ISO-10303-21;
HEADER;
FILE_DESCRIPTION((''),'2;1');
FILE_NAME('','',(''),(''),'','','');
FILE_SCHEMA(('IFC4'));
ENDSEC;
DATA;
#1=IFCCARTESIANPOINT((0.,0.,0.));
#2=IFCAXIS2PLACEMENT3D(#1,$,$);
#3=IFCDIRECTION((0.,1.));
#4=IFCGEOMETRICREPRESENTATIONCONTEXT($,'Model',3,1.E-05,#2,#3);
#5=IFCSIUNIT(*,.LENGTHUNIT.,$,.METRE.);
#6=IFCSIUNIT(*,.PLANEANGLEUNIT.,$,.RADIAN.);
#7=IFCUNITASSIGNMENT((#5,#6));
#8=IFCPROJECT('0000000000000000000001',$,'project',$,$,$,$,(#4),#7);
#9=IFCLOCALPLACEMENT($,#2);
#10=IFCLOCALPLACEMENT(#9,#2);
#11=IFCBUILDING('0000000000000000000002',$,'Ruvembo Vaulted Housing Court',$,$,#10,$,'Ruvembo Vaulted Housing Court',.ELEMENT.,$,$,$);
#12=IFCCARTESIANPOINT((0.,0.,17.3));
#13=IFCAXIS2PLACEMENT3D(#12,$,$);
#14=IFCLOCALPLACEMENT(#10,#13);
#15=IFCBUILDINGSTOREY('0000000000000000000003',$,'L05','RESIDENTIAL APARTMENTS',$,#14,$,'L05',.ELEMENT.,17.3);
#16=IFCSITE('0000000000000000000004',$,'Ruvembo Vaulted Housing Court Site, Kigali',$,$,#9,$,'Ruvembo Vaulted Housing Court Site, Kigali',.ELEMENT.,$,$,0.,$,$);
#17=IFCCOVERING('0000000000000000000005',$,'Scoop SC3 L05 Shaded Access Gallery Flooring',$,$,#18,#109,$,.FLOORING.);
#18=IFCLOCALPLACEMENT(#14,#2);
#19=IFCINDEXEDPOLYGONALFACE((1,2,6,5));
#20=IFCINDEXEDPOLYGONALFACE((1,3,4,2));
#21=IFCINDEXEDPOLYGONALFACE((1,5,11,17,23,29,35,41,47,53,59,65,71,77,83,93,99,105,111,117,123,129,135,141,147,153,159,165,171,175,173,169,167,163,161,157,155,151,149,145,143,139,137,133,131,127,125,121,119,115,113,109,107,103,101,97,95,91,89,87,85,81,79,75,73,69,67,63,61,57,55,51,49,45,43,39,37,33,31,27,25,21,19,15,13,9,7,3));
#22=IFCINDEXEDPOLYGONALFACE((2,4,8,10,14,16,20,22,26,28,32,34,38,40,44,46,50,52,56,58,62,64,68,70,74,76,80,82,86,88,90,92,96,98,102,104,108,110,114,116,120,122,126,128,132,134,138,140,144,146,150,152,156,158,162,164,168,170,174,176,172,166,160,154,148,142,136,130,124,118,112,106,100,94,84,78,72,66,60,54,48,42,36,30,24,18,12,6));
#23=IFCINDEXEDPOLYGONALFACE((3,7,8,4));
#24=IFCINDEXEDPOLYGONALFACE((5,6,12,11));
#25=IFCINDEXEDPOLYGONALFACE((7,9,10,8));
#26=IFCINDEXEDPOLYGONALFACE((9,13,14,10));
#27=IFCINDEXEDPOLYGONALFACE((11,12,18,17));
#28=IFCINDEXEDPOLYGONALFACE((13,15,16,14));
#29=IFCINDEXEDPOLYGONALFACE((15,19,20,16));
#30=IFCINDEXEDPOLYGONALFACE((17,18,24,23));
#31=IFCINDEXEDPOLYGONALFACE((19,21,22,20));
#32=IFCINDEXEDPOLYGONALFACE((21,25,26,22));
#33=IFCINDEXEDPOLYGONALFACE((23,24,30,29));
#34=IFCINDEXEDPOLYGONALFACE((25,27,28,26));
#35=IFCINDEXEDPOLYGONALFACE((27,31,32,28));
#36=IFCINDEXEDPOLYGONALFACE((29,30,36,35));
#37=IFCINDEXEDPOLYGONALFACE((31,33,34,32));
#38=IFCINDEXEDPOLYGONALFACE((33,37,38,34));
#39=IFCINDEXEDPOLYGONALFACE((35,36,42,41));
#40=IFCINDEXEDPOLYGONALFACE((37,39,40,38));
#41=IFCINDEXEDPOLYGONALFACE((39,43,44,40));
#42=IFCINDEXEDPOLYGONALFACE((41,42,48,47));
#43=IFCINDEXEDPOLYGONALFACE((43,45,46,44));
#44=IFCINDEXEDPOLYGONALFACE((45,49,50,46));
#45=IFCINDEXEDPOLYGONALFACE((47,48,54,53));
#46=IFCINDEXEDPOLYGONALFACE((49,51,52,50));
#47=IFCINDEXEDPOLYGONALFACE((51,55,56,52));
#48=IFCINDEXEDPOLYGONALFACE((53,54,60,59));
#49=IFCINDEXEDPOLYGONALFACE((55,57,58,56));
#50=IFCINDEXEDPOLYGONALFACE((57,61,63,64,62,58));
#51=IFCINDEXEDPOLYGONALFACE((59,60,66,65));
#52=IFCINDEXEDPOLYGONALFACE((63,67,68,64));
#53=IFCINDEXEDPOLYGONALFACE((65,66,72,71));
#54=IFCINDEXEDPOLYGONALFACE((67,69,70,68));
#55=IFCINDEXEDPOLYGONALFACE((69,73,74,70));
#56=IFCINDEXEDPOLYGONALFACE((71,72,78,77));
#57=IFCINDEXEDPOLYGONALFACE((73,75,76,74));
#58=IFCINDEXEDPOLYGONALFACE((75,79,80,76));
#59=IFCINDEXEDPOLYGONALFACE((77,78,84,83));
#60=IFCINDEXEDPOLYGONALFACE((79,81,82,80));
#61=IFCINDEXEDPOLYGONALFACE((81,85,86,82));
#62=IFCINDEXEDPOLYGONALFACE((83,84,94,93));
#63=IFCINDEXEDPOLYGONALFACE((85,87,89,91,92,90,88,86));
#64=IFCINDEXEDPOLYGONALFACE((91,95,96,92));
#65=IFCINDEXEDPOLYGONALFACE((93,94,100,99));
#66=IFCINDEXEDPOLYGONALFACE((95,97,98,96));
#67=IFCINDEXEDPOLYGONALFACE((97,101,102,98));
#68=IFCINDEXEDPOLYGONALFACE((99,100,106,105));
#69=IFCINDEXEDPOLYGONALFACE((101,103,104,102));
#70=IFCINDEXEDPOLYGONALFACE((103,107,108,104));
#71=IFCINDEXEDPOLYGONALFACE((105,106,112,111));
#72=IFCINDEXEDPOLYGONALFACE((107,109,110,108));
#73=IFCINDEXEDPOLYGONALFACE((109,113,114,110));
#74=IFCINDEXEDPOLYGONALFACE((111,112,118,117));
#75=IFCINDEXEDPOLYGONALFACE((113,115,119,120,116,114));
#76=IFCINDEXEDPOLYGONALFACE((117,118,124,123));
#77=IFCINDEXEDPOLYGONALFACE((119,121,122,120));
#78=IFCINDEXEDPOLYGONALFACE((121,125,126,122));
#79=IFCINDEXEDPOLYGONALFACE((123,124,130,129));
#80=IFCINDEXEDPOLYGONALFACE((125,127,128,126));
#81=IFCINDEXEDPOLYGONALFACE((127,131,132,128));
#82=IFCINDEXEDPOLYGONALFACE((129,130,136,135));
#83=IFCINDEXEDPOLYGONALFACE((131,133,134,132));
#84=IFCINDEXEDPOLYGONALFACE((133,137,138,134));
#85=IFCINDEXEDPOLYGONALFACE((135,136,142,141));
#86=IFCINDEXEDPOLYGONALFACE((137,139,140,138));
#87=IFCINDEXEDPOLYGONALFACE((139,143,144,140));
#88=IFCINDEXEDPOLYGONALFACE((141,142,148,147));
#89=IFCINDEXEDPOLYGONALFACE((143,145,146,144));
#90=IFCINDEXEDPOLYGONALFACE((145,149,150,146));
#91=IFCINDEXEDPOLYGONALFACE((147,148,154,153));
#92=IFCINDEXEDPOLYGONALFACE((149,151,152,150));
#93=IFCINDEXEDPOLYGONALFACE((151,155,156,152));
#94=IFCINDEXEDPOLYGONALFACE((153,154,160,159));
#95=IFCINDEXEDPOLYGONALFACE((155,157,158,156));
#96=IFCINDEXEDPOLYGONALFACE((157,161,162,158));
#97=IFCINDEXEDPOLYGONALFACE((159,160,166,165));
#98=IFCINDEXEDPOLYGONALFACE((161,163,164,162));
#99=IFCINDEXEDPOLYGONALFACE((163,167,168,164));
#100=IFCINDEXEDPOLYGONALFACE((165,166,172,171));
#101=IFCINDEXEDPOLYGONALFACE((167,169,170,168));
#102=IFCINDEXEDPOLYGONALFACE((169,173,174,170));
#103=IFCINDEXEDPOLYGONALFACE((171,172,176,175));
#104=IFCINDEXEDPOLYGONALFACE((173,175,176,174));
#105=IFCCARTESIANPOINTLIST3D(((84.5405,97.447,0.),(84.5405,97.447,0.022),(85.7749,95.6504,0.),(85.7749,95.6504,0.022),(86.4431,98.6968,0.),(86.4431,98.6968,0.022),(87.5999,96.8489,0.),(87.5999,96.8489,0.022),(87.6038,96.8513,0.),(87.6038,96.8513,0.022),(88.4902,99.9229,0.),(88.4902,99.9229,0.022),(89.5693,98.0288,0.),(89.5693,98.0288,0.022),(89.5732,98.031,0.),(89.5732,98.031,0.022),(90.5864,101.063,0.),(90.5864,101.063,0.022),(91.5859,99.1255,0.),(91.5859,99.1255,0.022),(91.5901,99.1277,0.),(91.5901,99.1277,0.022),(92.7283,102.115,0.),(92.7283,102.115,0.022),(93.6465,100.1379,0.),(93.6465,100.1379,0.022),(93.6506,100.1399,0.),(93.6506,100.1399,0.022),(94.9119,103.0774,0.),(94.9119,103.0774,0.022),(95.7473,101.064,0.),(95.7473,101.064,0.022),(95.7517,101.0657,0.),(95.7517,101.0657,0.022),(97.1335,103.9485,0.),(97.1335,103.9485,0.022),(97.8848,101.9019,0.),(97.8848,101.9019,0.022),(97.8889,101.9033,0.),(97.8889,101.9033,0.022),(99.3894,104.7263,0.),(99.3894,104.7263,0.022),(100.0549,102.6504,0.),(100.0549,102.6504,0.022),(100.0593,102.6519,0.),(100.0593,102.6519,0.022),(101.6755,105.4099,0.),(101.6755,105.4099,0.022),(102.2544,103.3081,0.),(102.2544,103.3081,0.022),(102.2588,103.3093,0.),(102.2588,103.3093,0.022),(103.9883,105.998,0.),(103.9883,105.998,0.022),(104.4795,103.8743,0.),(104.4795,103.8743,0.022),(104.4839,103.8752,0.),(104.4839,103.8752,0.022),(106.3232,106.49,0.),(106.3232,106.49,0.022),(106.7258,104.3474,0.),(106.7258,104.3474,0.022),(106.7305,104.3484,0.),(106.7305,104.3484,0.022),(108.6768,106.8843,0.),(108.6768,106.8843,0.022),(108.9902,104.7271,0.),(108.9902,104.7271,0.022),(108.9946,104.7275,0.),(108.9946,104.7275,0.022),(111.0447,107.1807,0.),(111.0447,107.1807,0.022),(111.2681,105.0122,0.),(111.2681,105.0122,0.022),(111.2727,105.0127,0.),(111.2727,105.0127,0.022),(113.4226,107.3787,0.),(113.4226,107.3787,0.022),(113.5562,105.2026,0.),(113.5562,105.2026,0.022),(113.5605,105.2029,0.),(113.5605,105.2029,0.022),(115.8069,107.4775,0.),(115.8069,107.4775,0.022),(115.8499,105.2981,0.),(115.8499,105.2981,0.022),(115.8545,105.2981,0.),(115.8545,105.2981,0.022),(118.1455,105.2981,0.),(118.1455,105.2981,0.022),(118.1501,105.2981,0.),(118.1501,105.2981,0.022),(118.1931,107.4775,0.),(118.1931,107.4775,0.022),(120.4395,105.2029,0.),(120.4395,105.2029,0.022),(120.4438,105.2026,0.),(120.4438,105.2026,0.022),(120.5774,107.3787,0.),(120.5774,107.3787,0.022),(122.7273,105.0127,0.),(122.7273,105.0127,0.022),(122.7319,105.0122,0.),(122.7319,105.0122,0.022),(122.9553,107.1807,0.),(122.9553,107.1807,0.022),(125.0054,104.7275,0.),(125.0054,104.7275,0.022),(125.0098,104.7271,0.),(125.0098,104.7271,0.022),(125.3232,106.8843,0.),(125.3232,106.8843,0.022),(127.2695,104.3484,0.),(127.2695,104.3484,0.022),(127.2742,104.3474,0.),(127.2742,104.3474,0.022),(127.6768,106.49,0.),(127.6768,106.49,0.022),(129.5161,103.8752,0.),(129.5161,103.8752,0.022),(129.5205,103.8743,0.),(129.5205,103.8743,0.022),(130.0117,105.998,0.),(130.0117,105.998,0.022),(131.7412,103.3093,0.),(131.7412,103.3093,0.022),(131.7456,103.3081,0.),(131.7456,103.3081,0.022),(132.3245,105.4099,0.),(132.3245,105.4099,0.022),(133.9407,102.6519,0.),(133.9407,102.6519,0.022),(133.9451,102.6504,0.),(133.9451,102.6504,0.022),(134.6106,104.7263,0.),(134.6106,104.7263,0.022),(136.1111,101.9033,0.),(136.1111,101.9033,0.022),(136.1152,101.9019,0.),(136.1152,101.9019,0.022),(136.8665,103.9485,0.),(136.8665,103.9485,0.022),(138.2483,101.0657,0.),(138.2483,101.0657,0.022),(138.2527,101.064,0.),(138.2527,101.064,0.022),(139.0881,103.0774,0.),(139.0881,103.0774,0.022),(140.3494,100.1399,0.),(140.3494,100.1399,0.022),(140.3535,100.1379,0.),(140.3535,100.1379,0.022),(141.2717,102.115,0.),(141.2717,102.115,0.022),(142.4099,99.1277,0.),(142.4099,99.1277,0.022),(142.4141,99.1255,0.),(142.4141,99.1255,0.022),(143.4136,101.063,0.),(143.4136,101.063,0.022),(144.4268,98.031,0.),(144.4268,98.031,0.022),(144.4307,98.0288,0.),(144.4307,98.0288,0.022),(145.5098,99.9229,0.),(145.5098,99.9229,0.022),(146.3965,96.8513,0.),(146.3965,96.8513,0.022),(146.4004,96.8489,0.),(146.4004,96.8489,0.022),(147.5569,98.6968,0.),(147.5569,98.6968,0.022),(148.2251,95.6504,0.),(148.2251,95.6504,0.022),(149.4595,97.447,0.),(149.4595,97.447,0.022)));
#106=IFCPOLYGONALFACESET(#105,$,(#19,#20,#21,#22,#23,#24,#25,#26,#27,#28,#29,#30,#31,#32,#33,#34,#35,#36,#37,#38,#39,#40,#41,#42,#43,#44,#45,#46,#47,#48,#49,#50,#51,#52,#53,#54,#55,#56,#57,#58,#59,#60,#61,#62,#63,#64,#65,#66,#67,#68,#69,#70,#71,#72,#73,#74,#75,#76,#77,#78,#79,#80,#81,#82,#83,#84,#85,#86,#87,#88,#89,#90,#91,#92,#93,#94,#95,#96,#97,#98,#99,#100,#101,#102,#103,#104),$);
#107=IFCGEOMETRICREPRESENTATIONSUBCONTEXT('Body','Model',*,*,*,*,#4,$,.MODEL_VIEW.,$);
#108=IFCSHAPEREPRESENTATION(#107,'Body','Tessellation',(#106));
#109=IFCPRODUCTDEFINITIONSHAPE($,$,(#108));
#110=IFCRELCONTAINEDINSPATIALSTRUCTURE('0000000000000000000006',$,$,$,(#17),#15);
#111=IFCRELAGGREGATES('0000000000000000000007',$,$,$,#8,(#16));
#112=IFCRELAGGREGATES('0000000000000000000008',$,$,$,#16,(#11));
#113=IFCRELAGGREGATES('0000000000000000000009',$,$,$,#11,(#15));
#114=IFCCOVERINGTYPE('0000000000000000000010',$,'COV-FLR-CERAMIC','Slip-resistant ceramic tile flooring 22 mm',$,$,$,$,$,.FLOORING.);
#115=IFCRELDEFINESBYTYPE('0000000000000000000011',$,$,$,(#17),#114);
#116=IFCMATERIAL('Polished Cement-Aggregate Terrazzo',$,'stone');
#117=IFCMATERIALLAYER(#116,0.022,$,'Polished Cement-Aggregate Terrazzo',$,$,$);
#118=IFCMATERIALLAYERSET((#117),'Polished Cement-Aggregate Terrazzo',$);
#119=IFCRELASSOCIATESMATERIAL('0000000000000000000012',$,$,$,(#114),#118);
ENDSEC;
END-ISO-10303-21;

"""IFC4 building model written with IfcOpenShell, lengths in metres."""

from ifc_helpers import new_model, si_unit, direction, frame, origin, place, context, subcontext, project, spatial, polyline, outline, extrude, material, layer, layer_set, type_object, element, save


model = new_model("IFC4")

# Units and contexts
model_context = context("Model", 3, precision=1e-05, world=origin(), true_north=direction((0.0, 1.0)))
body_context = subcontext(model_context, "Body", "Model", "MODEL_VIEW")
ifc_project = project(units=[si_unit("LENGTHUNIT", "METRE"), si_unit("PLANEANGLEUNIT", "RADIAN")], contexts=[model_context])

# Site, building, storey
site_placement = place(None, origin())
site = spatial("IfcSite", under=ifc_project, at=site_placement, Name="Ruvembo Vaulted Housing Court Site, Kigali", LongName="Ruvembo Vaulted Housing Court Site, Kigali", CompositionType="ELEMENT", RefElevation=0.0)
building_placement = place(site_placement, origin())
building = spatial("IfcBuilding", under=site, at=building_placement, Name="Ruvembo Vaulted Housing Court", LongName="Ruvembo Vaulted Housing Court", CompositionType="ELEMENT")
storey_placement = place(building_placement, frame((0.0, 0.0, 17.3)))
storey = spatial("IfcBuildingStorey", under=building, at=storey_placement, Name="L05", Description="RESIDENTIAL APARTMENTS", LongName="L05", CompositionType="ELEMENT", Elevation=17.3)

# Covering
ifc_material_1 = material(Name="Polished Cement-Aggregate Terrazzo", Category="stone")
ifc_layer_1 = layer(ifc_material_1, 0.022, Name="Polished Cement-Aggregate Terrazzo")
ifc_layer_set_1 = layer_set([ifc_layer_1], Name="Polished Cement-Aggregate Terrazzo")
covering_type_1 = type_object("IfcCoveringType", Name="COV-FLR-CERAMIC", Description="Slip-resistant ceramic tile flooring 22 mm", PredefinedType="FLOORING", material=ifc_layer_set_1)
covering_1_placement = place(storey_placement, origin())
element("IfcCovering", 1, at=covering_1_placement, inside=storey, type_object=covering_type_1, Name="Scoop SC3 L05 Shaded Access Gallery Flooring", PredefinedType="FLOORING", context=body_context, shape_type="SweptSolid", body=[
    extrude(outline(polyline([(87.5999, 96.8489), (87.6038, 96.8513), (89.5693, 98.0288), (89.5732, 98.031), (91.5859, 99.1255), (91.5901, 99.1277), (93.6465, 100.1379), (93.6506, 100.1399), (95.7473, 101.064), (95.7517, 101.0657), (97.8848, 101.9019), (97.8889, 101.9033), (100.0549, 102.6504), (100.0593, 102.6519), (102.2544, 103.3081), (102.2588, 103.3093), (104.4795, 103.8743), (104.4839, 103.8752), (106.7258, 104.3474), (106.7305, 104.3484), (108.9902, 104.7271), (108.9946, 104.7275), (111.2681, 105.0122), (111.2727, 105.0127), (113.5562, 105.2026), (113.5605, 105.2029), (115.8499, 105.2981), (115.8545, 105.2981), (118.1455, 105.2981), (118.1501, 105.2981), (120.4395, 105.2029), (120.4438, 105.2026), (122.7273, 105.0127), (122.7319, 105.0122), (125.0054, 104.7275), (125.0098, 104.7271), (127.2695, 104.3484), (127.2742, 104.3474), (129.5161, 103.8752), (129.5205, 103.8743), (131.7412, 103.3093), (131.7456, 103.3081), (133.9407, 102.6519), (133.9451, 102.6504), (136.1111, 101.9033), (136.1152, 101.9019), (138.2483, 101.0657), (138.2527, 101.064), (140.3494, 100.1399), (140.3535, 100.1379), (142.4099, 99.1277), (142.4141, 99.1255), (144.4268, 98.031), (144.4307, 98.0288), (146.3965, 96.8513), (146.4004, 96.8489), (148.2251, 95.6504), (149.4595, 97.447), (147.5569, 98.6968), (145.5098, 99.9229), (143.4136, 101.063), (141.2717, 102.115), (139.0881, 103.0774), (136.8665, 103.9485), (134.6106, 104.7263), (132.3245, 105.4099), (130.0117, 105.998), (127.6768, 106.49), (125.3232, 106.8843), (122.9553, 107.1807), (120.5774, 107.3787), (118.1931, 107.4775), (115.8069, 107.4775), (113.4226, 107.3787), (111.0447, 107.1807), (108.6768, 106.8843), (106.3232, 106.49), (103.9883, 105.998), (101.6755, 105.4099), (99.3894, 104.7263), (97.1335, 103.9485), (94.9119, 103.0774), (92.7283, 102.115), (90.5864, 101.063), (88.4902, 99.9229), (86.4431, 98.6968), (84.5405, 97.447), (85.7749, 95.6504), (87.5999, 96.8489)])), origin(), (0.0, 0.0, 1.0), 0.022),
])

save(model, "model.ifc")
